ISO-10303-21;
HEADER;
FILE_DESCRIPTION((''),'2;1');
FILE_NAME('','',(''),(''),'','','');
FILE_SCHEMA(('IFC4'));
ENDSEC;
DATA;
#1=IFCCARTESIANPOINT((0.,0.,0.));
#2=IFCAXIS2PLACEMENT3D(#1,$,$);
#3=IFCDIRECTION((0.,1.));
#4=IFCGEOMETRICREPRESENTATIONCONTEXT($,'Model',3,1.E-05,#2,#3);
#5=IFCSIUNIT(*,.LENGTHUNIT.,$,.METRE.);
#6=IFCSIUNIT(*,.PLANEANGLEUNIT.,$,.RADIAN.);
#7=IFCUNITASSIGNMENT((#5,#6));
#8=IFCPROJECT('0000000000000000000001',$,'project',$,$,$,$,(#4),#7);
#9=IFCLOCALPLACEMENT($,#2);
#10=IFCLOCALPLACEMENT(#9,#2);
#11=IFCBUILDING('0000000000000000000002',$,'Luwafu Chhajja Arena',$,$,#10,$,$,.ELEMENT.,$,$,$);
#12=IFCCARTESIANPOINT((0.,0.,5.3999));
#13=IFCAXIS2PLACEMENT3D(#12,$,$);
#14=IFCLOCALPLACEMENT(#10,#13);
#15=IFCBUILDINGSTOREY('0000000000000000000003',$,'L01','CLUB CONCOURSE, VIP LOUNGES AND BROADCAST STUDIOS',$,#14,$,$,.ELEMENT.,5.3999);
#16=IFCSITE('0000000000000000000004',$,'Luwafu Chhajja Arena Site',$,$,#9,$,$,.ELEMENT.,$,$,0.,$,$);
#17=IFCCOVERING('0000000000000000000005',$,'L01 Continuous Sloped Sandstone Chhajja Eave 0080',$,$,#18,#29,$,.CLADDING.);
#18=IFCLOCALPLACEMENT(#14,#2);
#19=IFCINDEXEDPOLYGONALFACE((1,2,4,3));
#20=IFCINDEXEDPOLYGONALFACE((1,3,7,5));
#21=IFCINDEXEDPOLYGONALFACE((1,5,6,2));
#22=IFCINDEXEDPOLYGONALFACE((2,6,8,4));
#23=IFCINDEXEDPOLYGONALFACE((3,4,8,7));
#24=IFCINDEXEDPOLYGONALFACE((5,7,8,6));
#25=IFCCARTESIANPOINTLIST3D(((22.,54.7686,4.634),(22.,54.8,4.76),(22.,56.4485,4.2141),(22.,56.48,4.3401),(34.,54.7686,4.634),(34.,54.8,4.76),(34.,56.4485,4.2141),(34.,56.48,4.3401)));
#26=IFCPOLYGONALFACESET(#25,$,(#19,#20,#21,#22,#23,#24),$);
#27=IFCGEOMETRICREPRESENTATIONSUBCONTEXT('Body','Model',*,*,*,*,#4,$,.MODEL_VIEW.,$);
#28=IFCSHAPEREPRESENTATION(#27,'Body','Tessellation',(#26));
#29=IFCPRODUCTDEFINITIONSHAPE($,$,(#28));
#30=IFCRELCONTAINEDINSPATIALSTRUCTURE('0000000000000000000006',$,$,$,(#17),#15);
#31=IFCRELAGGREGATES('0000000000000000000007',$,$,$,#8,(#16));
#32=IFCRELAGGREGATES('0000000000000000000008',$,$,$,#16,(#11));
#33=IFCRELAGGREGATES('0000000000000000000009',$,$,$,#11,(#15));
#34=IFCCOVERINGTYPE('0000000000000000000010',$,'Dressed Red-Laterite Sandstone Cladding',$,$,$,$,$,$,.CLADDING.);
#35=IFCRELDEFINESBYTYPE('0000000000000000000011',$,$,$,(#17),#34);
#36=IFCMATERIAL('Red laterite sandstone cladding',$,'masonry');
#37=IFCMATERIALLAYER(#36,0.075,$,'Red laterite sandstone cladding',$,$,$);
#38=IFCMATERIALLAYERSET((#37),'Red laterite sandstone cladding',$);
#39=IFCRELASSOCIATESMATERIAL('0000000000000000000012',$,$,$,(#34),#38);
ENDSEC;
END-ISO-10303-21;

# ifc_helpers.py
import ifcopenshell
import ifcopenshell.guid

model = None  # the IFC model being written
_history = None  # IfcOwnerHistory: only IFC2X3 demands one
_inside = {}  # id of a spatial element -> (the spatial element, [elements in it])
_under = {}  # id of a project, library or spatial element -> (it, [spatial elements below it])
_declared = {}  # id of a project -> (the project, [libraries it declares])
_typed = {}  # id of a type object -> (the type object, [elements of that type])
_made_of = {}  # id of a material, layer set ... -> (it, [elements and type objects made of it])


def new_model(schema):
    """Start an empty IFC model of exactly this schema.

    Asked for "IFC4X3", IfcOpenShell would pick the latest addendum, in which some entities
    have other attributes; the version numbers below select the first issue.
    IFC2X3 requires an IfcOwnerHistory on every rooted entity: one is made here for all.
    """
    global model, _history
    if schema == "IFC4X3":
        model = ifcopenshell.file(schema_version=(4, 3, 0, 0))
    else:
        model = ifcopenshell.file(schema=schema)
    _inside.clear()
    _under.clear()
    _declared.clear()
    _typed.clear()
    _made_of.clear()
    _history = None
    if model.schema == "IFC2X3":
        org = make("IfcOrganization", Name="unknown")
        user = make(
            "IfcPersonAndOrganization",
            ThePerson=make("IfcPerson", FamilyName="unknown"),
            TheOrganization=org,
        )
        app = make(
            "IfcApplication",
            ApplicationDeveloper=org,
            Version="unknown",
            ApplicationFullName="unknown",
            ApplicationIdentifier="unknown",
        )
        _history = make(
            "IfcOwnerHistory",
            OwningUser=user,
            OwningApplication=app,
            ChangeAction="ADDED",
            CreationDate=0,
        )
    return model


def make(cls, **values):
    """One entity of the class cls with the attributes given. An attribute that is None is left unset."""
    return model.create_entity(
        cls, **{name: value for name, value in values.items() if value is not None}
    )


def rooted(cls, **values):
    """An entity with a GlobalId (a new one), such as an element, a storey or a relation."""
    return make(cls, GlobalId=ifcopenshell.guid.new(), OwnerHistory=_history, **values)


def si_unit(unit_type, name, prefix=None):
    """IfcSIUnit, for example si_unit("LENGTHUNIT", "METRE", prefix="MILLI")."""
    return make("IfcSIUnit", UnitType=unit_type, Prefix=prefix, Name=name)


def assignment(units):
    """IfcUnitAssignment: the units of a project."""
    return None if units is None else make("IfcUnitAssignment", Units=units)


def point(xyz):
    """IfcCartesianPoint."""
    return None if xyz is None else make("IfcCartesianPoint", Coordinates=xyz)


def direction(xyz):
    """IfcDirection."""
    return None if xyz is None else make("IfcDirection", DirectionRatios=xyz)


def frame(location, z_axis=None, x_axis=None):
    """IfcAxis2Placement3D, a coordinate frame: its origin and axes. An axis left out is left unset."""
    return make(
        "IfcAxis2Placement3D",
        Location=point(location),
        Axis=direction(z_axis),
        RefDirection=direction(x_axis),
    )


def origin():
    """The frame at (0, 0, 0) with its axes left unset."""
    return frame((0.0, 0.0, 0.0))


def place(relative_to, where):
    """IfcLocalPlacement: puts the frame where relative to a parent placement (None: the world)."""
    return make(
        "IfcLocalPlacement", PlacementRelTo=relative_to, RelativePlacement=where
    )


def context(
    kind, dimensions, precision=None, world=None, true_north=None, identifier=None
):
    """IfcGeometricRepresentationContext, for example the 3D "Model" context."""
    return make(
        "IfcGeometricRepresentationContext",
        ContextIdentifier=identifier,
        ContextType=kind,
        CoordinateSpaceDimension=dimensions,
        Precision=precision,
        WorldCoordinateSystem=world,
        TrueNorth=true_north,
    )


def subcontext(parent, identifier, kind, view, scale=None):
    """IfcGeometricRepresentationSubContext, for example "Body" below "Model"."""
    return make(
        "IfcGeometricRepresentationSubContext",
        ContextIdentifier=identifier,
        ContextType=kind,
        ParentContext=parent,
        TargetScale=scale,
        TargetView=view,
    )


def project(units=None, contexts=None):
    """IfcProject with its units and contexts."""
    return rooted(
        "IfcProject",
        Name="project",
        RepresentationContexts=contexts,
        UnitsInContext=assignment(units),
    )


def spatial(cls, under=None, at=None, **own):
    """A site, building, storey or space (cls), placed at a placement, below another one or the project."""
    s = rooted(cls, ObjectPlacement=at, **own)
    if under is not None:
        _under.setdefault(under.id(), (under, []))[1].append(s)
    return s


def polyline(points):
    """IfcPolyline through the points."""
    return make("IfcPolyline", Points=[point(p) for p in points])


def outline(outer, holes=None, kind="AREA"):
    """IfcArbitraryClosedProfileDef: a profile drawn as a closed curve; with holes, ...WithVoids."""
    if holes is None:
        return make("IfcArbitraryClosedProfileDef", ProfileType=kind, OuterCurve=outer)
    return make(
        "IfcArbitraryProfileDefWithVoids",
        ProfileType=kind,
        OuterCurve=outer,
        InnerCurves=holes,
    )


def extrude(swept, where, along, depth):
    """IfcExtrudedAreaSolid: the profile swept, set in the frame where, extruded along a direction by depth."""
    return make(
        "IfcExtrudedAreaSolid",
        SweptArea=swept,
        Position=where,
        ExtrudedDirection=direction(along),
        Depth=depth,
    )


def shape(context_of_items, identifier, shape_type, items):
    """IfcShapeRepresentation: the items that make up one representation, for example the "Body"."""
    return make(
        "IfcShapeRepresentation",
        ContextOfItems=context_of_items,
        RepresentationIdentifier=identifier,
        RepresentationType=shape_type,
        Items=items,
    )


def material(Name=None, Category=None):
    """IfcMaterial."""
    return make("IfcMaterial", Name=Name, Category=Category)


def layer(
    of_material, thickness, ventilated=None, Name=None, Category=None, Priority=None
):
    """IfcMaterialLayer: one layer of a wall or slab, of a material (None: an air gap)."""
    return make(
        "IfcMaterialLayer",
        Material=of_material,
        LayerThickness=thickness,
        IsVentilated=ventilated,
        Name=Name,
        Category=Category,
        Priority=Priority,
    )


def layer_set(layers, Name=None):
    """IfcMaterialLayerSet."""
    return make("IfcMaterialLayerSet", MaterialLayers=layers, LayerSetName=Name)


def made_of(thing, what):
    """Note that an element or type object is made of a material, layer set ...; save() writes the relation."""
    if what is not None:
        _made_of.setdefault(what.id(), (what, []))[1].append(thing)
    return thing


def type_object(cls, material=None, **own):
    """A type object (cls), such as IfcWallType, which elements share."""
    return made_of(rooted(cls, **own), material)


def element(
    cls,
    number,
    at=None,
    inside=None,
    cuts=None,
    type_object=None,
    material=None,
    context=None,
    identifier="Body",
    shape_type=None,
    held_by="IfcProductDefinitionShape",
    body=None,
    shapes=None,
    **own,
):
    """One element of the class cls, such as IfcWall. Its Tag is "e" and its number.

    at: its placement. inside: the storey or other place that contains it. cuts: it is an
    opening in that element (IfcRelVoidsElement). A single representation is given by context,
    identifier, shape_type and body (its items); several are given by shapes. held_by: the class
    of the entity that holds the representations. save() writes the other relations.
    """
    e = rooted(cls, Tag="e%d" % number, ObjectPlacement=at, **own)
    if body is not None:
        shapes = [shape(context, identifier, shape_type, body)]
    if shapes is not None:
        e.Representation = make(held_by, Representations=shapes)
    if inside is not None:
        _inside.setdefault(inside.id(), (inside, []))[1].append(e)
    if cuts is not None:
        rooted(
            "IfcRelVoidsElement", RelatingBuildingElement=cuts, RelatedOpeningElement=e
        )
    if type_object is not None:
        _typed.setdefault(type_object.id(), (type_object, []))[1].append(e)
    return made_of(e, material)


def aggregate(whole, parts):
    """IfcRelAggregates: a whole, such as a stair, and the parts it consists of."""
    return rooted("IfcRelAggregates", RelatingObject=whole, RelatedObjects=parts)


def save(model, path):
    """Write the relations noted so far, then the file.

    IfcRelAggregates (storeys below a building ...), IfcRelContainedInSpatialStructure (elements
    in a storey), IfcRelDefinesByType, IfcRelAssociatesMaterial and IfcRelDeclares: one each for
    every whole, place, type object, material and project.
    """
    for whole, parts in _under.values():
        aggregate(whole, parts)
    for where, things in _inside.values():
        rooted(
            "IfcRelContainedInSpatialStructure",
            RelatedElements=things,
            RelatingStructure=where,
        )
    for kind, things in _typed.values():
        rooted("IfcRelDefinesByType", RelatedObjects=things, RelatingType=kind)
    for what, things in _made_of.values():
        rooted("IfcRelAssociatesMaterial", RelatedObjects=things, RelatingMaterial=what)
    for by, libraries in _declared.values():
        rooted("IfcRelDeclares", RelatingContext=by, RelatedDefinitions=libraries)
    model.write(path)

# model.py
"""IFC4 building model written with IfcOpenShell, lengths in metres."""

from ifc_helpers import new_model, si_unit, direction, frame, origin, place, context, subcontext, project, spatial, polyline, outline, extrude, material, layer, layer_set, type_object, element, save


model = new_model("IFC4")

# Units and contexts
model_context = context("Model", 3, precision=1e-05, world=origin(), true_north=direction((0.0, 1.0)))
body_context = subcontext(model_context, "Body", "Model", "MODEL_VIEW")
ifc_project = project(units=[si_unit("LENGTHUNIT", "METRE"), si_unit("PLANEANGLEUNIT", "RADIAN")], contexts=[model_context])

# Site, building, storey
site_placement = place(None, origin())
site = spatial("IfcSite", under=ifc_project, at=site_placement, Name="Luwafu Chhajja Arena Site", CompositionType="ELEMENT", RefElevation=0.0)
building_placement = place(site_placement, origin())
building = spatial("IfcBuilding", under=site, at=building_placement, Name="Luwafu Chhajja Arena", CompositionType="ELEMENT")
storey_placement = place(building_placement, frame((0.0, 0.0, 5.3999)))
storey = spatial("IfcBuildingStorey", under=building, at=storey_placement, Name="L01", Description="CLUB CONCOURSE, VIP LOUNGES AND BROADCAST STUDIOS", CompositionType="ELEMENT", Elevation=5.3999)

# Covering
ifc_material_1 = material(Name="Red laterite sandstone cladding", Category="masonry")
ifc_layer_1 = layer(ifc_material_1, 0.075, Name="Red laterite sandstone cladding")
ifc_layer_set_1 = layer_set([ifc_layer_1], Name="Red laterite sandstone cladding")
covering_type = type_object("IfcCoveringType", Name="Dressed Red-Laterite Sandstone Cladding", PredefinedType="CLADDING", material=ifc_layer_set_1)
covering_placement = place(storey_placement, frame((22.0, 54.8, 4.76), z_axis=(0.0, 0.242502, 0.970151), x_axis=(1.0, 0.0, 0.0)))
element("IfcCovering", 1, at=covering_placement, inside=storey, type_object=covering_type, Name="L01 Continuous Sloped Sandstone Chhajja Eave 0080", PredefinedType="CLADDING", context=body_context, shape_type="SweptSolid", body=[
    extrude(outline(polyline([(0.0, 0.0), (12.0, 0.0), (12.0, 1.7316), (0.0, 1.7316), (0.0, 0.0)])), origin(), (0.0, 0.0, -1.0), 0.1299),
])

save(model, "model.ifc")
